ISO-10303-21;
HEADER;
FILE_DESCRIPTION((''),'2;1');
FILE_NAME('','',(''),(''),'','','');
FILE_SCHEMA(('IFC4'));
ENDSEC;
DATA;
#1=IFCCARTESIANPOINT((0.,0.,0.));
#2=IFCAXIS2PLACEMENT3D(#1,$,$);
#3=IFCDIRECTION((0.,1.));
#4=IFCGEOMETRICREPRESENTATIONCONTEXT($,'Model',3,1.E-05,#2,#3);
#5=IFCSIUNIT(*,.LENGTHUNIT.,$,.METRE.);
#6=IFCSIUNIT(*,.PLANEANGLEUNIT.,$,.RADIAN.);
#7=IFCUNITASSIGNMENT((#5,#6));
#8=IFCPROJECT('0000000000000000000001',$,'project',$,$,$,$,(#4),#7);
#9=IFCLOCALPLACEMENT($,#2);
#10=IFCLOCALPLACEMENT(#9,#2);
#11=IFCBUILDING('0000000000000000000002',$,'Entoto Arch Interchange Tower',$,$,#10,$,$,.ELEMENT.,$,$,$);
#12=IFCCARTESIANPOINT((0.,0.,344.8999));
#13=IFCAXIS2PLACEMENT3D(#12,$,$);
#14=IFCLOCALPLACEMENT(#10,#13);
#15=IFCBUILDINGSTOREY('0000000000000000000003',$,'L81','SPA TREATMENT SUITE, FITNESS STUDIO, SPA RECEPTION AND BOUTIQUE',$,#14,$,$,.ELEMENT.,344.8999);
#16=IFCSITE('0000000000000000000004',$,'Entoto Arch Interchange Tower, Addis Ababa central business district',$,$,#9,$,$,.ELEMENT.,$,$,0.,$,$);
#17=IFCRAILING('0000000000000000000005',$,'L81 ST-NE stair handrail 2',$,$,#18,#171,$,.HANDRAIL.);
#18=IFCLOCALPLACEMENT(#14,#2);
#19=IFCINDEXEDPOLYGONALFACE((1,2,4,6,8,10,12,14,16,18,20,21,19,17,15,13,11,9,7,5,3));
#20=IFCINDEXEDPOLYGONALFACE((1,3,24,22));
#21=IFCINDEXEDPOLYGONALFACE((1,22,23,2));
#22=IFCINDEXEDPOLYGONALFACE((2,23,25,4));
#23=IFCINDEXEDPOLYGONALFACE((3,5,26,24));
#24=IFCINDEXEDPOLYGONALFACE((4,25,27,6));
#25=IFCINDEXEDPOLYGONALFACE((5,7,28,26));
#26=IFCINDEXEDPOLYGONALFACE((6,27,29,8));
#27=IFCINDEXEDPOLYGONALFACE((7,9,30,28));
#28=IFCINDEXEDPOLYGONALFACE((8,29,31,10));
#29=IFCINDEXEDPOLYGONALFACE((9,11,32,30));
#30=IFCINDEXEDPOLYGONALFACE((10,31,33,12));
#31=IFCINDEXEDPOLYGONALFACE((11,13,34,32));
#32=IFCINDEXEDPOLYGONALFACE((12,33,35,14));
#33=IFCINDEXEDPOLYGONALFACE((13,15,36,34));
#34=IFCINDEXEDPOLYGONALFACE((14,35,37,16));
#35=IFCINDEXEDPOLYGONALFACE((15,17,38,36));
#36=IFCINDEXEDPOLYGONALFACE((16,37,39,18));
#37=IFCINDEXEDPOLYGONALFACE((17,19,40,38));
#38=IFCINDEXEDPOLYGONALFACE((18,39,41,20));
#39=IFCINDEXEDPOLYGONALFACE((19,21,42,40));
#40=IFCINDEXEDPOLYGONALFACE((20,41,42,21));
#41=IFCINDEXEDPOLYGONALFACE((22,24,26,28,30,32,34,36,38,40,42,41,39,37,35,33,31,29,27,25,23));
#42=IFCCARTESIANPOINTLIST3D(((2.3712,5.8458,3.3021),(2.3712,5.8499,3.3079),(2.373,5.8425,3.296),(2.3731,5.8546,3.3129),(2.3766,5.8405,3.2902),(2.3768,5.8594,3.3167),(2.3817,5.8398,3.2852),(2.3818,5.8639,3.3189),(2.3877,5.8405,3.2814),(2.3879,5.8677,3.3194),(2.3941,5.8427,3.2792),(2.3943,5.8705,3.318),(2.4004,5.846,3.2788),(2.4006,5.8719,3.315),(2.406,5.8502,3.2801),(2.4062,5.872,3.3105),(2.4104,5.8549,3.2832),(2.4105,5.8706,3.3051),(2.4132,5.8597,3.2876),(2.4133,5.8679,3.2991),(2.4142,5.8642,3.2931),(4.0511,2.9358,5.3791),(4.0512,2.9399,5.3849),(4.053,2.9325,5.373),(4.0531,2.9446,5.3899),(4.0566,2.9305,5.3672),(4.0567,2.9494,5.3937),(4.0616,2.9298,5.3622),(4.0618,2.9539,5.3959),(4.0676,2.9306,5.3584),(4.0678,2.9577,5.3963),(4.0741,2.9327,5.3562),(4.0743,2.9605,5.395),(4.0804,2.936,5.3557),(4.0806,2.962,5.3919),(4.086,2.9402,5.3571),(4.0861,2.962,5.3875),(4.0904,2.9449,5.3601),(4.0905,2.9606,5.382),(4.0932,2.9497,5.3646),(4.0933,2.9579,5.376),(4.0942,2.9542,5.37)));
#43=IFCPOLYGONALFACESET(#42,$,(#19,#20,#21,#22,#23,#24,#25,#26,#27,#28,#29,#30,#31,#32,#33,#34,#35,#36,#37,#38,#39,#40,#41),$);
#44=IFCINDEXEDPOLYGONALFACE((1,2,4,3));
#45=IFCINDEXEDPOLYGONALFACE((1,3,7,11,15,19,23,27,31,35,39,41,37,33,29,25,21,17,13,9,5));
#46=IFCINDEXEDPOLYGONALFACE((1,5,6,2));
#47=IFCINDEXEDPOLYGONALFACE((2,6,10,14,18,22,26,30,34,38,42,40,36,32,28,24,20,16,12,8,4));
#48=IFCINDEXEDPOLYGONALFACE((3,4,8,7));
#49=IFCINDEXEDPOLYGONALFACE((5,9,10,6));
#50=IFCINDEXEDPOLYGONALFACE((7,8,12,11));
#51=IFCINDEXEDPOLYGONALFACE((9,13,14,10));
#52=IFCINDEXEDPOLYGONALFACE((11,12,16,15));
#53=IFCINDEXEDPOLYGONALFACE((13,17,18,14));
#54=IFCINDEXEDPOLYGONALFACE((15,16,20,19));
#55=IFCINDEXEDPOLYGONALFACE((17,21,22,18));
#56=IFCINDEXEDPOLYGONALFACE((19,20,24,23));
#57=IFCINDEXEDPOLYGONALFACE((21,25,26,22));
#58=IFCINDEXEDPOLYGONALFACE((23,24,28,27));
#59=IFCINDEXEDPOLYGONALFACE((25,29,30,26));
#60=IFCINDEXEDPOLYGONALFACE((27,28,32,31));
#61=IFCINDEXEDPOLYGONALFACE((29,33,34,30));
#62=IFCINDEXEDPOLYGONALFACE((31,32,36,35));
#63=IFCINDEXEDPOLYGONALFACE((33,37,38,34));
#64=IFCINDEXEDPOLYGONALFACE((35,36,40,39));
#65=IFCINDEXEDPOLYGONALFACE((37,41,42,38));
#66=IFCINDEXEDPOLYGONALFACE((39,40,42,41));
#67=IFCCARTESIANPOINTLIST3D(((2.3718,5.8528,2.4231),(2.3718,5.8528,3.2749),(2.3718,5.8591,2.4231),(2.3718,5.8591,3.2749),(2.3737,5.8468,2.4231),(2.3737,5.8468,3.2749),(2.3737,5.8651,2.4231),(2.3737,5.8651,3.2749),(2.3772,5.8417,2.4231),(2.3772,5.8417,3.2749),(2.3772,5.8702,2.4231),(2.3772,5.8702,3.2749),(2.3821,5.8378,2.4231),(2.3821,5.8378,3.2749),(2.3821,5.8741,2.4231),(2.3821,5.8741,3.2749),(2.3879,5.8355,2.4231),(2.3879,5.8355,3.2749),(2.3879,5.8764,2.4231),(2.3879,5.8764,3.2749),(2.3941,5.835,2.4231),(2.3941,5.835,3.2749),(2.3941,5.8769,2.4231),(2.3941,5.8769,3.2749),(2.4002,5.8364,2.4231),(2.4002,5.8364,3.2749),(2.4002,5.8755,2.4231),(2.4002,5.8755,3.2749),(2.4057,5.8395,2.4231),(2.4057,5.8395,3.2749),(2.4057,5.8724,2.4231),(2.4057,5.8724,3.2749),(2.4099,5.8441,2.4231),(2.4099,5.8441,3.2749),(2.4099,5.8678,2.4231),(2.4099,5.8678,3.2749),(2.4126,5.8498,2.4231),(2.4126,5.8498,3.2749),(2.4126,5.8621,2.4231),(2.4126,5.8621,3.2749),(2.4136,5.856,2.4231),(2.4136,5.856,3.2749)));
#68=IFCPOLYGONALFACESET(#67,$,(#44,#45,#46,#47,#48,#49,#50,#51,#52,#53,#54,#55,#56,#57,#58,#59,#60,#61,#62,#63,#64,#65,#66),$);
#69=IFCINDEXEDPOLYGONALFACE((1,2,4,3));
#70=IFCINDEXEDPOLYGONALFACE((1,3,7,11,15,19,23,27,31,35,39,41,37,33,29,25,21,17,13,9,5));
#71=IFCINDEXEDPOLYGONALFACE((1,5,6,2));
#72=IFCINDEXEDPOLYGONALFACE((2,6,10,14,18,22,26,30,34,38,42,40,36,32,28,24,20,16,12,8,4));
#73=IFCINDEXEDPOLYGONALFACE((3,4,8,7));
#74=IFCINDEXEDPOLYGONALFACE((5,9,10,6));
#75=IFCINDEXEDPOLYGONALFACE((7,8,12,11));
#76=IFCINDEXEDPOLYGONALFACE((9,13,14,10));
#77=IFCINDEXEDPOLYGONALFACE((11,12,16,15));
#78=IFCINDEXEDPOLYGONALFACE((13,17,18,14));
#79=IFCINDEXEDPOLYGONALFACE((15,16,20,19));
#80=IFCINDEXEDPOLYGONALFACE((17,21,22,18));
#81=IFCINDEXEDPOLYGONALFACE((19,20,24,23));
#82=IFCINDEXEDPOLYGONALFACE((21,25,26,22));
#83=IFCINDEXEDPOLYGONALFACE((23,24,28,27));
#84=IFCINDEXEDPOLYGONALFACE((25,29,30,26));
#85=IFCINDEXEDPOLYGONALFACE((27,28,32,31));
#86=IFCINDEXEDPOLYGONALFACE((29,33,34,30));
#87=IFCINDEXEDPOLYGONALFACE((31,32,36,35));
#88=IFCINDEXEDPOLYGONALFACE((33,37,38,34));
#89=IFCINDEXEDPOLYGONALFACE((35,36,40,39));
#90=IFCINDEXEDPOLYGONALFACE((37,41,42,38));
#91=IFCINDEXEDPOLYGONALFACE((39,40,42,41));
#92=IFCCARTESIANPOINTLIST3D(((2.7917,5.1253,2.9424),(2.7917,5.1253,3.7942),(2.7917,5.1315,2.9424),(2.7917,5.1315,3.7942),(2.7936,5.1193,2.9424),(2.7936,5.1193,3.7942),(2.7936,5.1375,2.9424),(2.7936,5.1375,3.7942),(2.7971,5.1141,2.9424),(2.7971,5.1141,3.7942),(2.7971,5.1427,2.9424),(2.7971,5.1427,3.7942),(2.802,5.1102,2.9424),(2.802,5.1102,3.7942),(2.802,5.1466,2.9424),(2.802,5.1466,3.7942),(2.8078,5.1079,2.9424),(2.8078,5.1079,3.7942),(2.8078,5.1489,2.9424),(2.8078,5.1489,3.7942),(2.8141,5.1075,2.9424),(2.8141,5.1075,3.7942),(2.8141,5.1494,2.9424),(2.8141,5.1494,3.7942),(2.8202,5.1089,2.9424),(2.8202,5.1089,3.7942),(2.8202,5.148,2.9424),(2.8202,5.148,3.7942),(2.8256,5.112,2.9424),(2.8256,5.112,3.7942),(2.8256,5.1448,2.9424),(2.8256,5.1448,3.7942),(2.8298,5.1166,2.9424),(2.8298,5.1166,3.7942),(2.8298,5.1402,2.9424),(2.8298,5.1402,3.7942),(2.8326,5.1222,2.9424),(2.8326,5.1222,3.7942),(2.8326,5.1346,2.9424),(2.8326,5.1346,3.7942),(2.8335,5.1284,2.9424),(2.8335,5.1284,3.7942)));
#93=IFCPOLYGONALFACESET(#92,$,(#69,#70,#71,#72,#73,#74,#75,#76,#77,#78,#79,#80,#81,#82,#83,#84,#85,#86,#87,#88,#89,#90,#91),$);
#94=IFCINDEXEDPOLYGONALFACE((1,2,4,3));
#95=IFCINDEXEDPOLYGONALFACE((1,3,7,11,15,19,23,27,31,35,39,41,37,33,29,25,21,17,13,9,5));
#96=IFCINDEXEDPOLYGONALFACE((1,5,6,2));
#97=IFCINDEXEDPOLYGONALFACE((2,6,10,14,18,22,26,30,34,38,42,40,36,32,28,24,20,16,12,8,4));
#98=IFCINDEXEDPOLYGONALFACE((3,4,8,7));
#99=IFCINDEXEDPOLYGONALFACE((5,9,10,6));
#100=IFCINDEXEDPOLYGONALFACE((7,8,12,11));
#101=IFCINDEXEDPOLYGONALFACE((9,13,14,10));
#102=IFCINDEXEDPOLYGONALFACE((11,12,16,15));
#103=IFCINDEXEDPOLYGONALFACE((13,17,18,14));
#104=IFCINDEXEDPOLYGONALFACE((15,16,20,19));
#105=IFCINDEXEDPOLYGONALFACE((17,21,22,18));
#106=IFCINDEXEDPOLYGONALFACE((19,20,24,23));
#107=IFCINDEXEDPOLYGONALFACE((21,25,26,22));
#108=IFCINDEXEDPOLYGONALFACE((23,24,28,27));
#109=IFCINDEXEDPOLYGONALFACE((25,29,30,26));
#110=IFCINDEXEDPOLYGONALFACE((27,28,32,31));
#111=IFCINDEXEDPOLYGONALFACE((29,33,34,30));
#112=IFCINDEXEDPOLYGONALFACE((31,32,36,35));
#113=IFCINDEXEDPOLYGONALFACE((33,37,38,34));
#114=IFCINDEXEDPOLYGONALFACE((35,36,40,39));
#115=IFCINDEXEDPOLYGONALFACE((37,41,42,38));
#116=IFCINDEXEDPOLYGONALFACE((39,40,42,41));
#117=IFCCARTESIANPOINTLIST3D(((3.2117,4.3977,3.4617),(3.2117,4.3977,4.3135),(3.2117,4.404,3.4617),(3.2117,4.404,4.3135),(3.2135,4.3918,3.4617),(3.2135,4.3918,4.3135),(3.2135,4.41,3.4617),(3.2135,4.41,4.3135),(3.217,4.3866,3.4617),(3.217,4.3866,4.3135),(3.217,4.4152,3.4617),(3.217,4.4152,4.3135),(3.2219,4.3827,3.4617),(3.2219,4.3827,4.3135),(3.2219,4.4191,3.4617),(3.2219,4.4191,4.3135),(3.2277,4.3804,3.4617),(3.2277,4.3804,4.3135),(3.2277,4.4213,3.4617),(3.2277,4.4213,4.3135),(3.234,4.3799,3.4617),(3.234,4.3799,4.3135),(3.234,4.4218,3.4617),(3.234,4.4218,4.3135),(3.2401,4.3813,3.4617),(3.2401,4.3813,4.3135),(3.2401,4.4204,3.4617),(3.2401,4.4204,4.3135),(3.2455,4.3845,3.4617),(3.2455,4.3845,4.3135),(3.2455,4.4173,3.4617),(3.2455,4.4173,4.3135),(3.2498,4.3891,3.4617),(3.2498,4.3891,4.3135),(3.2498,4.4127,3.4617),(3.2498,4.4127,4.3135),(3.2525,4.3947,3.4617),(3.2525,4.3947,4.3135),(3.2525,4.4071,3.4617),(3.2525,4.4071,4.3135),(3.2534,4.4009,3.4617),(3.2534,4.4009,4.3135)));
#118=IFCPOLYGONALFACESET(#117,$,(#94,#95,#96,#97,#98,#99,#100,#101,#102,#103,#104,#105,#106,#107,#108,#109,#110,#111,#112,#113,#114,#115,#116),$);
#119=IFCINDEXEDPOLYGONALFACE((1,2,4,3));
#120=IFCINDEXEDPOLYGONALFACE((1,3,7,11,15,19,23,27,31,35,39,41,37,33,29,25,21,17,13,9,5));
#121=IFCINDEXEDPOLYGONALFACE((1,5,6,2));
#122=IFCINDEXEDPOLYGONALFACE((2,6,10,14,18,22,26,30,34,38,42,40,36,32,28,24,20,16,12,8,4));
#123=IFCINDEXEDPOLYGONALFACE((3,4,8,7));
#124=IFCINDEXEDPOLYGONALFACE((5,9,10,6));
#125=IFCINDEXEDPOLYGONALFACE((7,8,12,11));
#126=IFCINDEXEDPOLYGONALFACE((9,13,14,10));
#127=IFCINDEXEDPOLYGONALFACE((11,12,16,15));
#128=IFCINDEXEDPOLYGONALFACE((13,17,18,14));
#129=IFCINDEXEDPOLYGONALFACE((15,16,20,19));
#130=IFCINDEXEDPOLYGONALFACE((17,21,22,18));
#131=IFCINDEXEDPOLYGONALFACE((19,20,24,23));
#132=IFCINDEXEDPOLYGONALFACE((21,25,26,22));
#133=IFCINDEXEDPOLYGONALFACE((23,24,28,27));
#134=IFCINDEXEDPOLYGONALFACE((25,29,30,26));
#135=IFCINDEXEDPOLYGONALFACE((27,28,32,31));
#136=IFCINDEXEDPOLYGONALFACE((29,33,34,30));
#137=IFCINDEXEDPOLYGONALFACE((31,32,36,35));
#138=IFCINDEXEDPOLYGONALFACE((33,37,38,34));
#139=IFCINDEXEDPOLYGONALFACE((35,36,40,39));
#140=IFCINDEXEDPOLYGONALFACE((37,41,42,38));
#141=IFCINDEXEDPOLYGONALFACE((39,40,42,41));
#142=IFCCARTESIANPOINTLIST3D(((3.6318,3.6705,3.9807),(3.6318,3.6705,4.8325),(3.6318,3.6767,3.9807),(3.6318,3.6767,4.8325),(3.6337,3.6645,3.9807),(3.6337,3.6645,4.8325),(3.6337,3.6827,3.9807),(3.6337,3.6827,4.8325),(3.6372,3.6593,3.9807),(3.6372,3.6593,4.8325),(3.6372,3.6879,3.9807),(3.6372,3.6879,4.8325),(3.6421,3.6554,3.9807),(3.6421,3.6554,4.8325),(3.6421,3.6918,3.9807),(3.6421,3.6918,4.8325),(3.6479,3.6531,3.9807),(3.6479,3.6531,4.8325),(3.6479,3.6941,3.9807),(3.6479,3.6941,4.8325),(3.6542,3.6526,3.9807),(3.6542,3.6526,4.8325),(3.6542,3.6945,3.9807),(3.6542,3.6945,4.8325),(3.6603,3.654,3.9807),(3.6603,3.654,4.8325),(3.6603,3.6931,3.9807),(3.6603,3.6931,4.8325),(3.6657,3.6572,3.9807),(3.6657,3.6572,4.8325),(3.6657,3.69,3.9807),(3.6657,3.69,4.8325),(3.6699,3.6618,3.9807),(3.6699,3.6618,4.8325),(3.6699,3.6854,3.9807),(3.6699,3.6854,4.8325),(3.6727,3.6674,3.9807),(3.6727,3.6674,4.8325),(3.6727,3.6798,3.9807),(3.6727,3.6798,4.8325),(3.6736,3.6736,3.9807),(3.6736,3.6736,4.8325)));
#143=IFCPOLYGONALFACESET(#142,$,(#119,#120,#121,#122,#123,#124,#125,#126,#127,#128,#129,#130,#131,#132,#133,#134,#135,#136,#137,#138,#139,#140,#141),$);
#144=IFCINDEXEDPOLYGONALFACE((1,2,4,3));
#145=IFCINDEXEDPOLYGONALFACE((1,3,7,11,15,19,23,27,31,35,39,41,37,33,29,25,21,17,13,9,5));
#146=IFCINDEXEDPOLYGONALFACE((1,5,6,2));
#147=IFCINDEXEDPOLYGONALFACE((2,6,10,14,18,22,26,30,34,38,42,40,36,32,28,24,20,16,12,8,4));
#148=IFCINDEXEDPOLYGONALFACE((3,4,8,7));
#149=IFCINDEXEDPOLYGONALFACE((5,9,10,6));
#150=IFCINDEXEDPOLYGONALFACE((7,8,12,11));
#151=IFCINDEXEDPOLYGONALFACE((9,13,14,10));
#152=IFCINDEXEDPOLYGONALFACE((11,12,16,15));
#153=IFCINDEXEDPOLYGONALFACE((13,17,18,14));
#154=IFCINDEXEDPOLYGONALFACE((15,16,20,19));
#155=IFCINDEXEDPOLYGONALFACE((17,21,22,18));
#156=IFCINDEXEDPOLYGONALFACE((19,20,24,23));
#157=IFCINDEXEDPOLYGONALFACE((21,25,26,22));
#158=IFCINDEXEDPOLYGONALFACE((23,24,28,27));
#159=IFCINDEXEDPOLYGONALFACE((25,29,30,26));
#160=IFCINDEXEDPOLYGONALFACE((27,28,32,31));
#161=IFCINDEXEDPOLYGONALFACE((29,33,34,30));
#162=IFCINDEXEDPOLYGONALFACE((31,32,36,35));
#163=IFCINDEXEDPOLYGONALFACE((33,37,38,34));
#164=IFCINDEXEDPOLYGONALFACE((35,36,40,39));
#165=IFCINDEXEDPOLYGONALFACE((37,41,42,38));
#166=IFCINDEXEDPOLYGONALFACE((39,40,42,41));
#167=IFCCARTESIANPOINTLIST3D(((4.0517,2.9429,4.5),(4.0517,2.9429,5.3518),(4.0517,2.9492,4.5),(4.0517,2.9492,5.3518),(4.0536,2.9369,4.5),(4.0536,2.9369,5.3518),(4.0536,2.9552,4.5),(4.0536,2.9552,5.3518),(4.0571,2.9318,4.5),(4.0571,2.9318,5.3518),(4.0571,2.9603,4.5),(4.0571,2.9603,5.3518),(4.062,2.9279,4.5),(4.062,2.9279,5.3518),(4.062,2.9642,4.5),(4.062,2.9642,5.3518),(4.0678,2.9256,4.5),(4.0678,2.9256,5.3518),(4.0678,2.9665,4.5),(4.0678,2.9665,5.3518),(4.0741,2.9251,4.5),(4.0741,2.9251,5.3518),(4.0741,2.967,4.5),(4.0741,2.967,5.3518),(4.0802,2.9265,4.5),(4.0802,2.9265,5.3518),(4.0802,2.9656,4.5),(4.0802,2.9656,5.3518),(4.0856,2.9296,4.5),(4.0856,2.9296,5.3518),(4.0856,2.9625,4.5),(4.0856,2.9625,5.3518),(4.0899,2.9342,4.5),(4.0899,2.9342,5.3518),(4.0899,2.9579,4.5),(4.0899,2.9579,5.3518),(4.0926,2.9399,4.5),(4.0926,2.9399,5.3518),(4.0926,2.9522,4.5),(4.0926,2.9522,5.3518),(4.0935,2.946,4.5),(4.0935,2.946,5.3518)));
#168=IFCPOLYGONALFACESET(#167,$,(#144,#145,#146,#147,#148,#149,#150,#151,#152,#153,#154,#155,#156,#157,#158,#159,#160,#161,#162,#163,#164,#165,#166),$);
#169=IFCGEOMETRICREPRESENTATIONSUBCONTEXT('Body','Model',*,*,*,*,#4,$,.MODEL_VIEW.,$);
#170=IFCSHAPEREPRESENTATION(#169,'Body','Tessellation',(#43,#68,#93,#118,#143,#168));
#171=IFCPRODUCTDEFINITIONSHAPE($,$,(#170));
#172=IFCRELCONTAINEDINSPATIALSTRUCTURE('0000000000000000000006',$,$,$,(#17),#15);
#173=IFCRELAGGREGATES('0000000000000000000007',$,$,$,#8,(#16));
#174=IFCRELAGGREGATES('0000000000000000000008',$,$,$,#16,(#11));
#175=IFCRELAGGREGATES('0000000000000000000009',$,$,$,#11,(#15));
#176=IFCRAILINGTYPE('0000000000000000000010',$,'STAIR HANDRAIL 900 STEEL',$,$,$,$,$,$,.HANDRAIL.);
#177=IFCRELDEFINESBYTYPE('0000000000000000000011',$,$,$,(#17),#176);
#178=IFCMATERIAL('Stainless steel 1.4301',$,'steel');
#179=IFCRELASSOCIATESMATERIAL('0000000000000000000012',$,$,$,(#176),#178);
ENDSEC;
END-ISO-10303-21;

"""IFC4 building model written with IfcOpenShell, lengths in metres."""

from ifc_helpers import new_model, si_unit, direction, frame, origin, origin_2d, place, context, subcontext, project, spatial, circle, extrude, material, type_object, element, save


model = new_model("IFC4")

# Units and contexts
model_context = context("Model", 3, precision=1e-05, world=origin(), true_north=direction((0.0, 1.0)))
body_context = subcontext(model_context, "Body", "Model", "MODEL_VIEW")
ifc_project = project(units=[si_unit("LENGTHUNIT", "METRE"), si_unit("PLANEANGLEUNIT", "RADIAN")], contexts=[model_context])

# Site, building, storey
site_placement = place(None, origin())
site = spatial("IfcSite", under=ifc_project, at=site_placement, Name="Entoto Arch Interchange Tower, Addis Ababa central business district", CompositionType="ELEMENT", RefElevation=0.0)
building_placement = place(site_placement, origin())
building = spatial("IfcBuilding", under=site, at=building_placement, Name="Entoto Arch Interchange Tower", CompositionType="ELEMENT")
storey_placement = place(building_placement, frame((0.0, 0.0, 344.8999)))
storey = spatial("IfcBuildingStorey", under=building, at=storey_placement, Name="L81", Description="SPA TREATMENT SUITE, FITNESS STUDIO, SPA RECEPTION AND BOUTIQUE", CompositionType="ELEMENT", Elevation=344.8999)

# Railing
ifc_material_1 = material(Name="Stainless steel 1.4301", Category="steel")
railing_type_1 = type_object("IfcRailingType", Name="STAIR HANDRAIL 900 STEEL", PredefinedType="HANDRAIL", material=ifc_material_1)
railing_1_placement = place(storey_placement, frame((2.3926, 5.856, 2.4231)))
element("IfcRailing", 1, at=railing_1_placement, inside=storey, type_object=railing_type_1, Name="L81 ST-NE stair handrail 2", PredefinedType="HANDRAIL", context=body_context, shape_type="SweptSolid", body=[
    extrude(circle(Radius=0.0239, at=origin_2d()), frame((0.0, 0.0, 0.876), z_axis=(0.425288, -0.736668, 0.525785), x_axis=(0.866039, 0.499976, 0.0)), (0.0, 0.0, 1.0), 3.9502),
    extrude(circle(Radius=0.021, at=origin_2d()), origin(), (0.0, 0.0, 1.0), 0.8518),
    extrude(circle(Radius=0.021, at=origin_2d()), frame((0.4199, -0.7275, 0.5193)), (0.0, 0.0, 1.0), 0.8518),
    extrude(circle(Radius=0.021, at=origin_2d()), frame((0.8398, -1.4551, 1.0386)), (0.0, 0.0, 1.0), 0.8518),
    extrude(circle(Radius=0.021, at=origin_2d()), frame((1.26, -2.1824, 1.5576)), (0.0, 0.0, 1.0), 0.8518),
    extrude(circle(Radius=0.021, at=origin_2d()), frame((1.6799, -2.9099, 2.0769)), (0.0, 0.0, 1.0), 0.8518),
])

save(model, "model.ifc")
